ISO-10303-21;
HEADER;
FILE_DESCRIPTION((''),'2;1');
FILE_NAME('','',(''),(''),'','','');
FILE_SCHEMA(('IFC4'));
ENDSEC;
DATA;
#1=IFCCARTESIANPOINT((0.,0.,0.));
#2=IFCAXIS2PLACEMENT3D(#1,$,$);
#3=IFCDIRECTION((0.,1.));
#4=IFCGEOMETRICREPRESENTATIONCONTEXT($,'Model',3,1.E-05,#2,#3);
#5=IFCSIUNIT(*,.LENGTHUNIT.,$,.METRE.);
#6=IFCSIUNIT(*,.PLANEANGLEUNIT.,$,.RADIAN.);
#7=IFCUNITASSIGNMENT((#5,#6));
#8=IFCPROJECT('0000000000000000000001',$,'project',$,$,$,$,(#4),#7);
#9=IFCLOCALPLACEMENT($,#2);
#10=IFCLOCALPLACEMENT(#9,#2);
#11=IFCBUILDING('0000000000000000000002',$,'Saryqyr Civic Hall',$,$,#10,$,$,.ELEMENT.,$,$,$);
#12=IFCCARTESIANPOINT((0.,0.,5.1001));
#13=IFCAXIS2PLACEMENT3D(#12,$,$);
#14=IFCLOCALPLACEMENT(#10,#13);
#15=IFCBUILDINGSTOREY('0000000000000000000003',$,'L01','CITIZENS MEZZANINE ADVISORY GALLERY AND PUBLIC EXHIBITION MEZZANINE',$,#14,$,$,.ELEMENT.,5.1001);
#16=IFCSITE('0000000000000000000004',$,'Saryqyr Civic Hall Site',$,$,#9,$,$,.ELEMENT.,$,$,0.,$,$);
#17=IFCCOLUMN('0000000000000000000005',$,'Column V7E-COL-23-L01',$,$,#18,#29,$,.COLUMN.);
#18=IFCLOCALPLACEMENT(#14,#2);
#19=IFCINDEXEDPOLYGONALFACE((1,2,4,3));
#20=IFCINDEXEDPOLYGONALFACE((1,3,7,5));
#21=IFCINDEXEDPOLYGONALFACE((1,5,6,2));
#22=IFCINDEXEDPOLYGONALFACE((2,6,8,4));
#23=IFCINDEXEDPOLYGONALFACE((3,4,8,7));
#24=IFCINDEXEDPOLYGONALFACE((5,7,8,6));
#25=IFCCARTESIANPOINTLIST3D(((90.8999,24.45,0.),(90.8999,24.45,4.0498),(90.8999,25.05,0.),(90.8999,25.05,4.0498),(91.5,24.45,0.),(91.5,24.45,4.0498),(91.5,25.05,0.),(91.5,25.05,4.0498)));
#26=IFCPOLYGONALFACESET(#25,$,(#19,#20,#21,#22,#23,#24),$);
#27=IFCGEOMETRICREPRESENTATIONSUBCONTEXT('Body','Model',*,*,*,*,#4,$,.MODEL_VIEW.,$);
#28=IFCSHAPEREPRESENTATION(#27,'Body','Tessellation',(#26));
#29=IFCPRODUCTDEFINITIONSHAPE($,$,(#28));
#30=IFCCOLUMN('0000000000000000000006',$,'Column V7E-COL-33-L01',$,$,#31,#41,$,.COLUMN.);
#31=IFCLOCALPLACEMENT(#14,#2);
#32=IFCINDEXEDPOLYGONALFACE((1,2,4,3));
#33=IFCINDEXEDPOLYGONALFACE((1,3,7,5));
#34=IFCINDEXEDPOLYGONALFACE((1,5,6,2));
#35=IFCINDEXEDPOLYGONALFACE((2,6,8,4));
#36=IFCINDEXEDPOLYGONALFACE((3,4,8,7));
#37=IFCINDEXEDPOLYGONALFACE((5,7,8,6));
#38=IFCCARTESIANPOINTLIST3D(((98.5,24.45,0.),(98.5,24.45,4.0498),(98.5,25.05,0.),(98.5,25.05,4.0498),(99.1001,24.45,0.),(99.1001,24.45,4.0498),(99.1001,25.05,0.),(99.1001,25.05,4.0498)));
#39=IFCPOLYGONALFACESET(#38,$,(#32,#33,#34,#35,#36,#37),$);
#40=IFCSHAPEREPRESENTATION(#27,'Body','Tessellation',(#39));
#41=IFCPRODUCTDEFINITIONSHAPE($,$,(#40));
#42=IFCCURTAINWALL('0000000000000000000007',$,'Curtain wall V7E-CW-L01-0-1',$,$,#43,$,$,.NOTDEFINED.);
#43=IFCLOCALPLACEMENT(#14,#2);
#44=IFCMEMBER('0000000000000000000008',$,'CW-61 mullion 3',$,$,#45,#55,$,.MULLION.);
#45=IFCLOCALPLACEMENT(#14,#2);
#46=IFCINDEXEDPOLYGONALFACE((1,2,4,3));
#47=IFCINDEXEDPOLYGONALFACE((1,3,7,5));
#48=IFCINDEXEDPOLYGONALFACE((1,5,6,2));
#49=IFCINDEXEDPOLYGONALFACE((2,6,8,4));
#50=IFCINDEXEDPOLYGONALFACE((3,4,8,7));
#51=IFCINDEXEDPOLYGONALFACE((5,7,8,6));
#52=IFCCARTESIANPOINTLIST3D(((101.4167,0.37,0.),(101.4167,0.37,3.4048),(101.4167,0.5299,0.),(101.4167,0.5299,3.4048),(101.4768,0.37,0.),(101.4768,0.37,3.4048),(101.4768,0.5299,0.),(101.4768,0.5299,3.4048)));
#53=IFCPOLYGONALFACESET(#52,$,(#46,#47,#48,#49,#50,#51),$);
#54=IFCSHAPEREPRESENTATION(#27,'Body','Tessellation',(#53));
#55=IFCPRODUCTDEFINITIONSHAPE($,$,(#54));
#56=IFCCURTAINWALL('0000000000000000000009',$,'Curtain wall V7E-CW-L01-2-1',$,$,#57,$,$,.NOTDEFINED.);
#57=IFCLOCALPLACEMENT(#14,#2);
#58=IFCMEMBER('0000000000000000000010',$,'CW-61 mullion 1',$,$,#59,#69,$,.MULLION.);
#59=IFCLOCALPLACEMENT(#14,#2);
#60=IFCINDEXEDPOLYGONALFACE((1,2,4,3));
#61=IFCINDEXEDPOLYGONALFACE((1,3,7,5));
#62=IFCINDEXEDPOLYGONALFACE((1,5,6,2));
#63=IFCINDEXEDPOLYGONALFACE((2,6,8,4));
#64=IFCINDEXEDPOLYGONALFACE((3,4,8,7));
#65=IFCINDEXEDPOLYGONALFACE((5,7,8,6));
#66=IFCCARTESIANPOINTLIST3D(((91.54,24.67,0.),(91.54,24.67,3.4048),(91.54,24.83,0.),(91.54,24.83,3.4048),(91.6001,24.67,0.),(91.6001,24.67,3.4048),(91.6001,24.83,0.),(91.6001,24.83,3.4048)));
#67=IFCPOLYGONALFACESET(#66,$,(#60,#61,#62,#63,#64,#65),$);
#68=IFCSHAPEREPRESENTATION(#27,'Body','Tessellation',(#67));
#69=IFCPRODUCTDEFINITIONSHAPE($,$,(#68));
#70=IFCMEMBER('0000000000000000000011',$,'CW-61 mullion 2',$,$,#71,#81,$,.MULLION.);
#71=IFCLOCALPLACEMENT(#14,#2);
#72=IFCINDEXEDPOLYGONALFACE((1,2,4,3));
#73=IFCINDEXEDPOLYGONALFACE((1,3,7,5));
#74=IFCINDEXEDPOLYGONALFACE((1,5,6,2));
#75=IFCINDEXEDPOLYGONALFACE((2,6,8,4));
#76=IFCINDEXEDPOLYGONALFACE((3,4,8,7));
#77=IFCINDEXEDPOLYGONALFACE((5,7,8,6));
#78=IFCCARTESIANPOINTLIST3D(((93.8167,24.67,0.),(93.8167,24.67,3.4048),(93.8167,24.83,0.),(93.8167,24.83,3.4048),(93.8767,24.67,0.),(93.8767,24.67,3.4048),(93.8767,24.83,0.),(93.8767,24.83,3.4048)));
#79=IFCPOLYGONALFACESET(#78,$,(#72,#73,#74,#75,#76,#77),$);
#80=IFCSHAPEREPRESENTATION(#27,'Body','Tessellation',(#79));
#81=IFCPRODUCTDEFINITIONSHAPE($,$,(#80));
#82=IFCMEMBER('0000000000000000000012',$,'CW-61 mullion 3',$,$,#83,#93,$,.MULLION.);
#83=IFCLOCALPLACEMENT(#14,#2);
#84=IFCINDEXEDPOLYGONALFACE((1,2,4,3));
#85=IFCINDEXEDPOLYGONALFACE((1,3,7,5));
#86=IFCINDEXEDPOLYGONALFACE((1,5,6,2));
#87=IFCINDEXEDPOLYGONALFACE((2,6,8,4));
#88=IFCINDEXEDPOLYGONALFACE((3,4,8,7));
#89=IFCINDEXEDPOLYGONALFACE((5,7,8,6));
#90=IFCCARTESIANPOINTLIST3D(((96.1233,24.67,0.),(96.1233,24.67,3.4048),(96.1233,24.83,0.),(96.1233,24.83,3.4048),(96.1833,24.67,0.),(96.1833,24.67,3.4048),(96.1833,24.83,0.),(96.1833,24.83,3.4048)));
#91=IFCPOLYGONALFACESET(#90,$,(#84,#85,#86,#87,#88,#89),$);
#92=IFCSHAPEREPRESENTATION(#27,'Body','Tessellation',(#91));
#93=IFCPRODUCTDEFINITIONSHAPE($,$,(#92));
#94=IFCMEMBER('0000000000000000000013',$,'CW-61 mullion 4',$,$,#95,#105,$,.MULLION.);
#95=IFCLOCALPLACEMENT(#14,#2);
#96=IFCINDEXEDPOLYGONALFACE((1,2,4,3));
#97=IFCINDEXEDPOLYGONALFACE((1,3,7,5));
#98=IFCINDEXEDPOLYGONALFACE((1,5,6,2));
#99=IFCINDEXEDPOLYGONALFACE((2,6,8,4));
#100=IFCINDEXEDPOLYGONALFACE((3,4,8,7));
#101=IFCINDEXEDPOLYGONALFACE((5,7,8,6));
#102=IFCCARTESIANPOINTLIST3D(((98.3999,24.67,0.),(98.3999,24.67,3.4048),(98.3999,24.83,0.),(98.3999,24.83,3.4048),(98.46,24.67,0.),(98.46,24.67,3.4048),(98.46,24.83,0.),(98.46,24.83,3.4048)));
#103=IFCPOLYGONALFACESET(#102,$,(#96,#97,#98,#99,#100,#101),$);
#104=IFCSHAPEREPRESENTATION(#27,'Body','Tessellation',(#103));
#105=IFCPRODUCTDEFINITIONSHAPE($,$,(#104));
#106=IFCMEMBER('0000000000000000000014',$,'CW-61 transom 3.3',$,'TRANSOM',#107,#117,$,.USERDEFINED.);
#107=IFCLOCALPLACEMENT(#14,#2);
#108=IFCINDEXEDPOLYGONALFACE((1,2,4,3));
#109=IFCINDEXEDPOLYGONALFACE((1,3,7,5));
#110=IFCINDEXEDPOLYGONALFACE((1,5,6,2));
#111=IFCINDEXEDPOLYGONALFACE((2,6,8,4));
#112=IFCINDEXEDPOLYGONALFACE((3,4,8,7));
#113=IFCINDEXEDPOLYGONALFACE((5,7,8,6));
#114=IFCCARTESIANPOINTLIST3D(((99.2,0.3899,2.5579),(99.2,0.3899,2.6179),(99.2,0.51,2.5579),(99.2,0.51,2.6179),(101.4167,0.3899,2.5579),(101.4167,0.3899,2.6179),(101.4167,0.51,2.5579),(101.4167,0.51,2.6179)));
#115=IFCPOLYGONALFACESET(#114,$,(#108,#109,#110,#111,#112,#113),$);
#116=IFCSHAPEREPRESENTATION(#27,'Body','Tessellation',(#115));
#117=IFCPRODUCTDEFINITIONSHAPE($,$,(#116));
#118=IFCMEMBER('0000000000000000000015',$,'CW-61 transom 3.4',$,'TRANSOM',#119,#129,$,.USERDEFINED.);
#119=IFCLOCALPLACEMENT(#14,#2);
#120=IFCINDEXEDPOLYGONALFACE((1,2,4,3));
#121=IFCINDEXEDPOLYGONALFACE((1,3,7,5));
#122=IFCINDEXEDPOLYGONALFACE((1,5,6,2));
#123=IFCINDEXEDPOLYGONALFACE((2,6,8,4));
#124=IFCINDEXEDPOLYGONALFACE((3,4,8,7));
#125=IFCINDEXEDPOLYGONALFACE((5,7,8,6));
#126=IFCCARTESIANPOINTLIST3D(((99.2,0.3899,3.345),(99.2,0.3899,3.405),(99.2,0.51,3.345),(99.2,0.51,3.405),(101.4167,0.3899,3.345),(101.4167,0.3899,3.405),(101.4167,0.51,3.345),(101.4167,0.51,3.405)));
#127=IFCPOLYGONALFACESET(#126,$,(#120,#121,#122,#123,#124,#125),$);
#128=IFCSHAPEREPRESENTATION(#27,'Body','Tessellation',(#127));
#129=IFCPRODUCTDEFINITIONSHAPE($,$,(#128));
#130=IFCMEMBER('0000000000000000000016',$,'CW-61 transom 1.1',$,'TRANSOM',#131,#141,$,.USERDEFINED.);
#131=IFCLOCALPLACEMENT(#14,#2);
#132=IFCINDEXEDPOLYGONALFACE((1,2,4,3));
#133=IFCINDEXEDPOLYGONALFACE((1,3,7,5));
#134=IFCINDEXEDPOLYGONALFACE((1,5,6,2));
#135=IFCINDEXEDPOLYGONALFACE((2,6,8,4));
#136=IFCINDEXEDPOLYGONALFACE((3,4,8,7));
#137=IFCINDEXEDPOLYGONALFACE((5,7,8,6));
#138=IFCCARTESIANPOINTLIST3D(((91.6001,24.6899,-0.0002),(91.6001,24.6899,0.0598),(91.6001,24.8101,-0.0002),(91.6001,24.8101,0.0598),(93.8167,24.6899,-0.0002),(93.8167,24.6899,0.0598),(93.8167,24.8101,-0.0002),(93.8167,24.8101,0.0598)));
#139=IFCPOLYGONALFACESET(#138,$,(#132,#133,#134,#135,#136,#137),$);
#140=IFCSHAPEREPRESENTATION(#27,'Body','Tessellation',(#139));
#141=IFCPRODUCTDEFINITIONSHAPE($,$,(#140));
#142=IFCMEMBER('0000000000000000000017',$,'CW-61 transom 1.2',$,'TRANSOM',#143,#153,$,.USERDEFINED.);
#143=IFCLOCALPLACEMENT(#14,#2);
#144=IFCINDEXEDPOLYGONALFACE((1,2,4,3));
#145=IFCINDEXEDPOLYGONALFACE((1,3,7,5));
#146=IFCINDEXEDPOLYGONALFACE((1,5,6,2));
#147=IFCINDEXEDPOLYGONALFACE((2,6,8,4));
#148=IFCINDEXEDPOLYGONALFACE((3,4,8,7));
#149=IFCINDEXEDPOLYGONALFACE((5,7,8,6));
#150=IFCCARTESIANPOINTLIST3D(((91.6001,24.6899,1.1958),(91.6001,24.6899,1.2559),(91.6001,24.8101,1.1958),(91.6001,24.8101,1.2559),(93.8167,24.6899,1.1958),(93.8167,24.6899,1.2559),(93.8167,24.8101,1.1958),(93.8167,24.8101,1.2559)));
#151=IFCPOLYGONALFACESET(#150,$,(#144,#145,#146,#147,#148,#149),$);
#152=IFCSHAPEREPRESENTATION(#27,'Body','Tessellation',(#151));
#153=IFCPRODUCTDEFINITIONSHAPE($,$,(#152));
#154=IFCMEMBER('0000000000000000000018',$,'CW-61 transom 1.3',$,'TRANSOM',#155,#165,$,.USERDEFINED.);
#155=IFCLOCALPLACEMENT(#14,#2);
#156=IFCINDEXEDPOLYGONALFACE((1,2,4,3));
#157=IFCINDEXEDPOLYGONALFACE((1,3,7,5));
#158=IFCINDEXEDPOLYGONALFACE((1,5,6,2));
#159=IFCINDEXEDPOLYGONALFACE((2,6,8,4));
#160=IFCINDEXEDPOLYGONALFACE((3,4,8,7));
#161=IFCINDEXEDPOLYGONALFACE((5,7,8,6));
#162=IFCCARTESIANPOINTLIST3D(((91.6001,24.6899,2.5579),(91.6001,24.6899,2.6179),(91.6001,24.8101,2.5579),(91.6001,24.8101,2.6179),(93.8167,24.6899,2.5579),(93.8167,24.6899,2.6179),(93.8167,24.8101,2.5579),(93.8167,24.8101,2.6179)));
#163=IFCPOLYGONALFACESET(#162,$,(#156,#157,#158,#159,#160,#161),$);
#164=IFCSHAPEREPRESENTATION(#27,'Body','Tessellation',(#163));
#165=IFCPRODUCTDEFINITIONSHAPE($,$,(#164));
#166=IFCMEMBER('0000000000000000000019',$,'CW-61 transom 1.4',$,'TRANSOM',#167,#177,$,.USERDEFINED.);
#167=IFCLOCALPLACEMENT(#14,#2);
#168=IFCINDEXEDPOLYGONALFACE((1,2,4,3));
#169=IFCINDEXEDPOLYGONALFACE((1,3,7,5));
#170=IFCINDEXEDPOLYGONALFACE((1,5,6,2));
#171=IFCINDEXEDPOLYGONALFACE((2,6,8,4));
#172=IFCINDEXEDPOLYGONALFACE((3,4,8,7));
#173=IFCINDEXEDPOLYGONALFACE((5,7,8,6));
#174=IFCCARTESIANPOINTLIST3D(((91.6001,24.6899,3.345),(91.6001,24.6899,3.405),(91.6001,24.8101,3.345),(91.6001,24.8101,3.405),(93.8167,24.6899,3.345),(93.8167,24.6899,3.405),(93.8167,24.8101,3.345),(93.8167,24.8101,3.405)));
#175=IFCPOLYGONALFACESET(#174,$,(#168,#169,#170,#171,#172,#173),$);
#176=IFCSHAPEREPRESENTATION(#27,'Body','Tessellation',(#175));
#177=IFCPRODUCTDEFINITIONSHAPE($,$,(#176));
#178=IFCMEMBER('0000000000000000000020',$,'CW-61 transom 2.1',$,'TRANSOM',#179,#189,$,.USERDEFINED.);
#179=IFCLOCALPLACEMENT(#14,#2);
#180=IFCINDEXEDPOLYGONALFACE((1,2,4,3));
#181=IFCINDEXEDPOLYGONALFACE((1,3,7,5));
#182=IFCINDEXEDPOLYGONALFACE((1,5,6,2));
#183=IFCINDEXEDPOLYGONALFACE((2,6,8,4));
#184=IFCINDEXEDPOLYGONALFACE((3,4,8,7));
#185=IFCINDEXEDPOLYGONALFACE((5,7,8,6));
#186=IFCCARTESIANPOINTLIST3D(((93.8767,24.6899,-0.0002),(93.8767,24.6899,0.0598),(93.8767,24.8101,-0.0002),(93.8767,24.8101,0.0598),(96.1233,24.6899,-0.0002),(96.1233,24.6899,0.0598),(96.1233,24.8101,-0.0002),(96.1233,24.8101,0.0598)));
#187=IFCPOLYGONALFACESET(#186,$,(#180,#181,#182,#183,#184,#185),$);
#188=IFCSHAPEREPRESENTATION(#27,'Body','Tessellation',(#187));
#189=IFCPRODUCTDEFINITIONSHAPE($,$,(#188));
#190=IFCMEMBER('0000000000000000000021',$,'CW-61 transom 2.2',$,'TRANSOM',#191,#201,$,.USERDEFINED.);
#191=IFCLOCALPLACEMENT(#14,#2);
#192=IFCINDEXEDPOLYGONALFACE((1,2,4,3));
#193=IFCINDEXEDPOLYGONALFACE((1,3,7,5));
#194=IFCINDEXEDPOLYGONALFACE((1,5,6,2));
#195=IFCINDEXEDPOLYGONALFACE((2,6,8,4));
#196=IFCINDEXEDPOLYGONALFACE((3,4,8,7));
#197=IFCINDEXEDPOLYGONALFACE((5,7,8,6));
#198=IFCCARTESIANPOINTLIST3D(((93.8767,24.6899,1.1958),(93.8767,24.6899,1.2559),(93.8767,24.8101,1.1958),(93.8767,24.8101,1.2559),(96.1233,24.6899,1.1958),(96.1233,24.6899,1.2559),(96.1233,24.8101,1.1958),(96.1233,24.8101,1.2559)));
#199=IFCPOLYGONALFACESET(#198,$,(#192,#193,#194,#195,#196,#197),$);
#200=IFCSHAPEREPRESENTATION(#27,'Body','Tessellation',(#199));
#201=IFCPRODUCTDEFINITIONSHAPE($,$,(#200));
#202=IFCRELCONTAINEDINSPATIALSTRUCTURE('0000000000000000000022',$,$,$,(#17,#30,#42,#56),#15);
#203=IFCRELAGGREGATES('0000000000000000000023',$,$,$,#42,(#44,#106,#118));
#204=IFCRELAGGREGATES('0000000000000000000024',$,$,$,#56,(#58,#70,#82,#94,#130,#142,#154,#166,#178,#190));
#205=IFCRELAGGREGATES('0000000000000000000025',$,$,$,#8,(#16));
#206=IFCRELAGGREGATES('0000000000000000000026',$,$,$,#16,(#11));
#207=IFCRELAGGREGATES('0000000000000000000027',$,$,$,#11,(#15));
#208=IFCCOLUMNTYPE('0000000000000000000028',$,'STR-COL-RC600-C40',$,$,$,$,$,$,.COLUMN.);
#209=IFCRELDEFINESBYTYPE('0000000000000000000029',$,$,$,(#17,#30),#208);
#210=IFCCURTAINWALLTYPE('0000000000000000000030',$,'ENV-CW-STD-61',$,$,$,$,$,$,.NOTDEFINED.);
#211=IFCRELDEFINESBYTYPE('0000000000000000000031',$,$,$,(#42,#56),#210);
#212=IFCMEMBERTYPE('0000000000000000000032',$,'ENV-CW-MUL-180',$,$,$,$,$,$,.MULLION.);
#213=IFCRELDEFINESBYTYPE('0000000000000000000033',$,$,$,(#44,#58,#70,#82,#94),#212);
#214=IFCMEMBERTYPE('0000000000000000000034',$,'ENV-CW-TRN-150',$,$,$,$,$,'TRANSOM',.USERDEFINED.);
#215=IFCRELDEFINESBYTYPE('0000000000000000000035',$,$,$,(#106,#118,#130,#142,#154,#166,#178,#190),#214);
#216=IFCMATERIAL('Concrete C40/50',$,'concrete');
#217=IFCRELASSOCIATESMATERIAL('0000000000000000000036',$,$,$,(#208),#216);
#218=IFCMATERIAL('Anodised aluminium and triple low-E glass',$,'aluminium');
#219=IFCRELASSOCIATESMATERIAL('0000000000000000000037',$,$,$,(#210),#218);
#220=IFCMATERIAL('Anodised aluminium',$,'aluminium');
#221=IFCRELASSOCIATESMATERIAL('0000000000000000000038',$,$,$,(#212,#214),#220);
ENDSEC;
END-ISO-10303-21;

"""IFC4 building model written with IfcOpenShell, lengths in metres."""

from ifc_helpers import new_model, si_unit, direction, frame, origin, origin_2d, place, context, subcontext, project, spatial, rectangle, extrude, material, material_profile, profile_set, type_object, element, aggregate, save


model = new_model("IFC4")

# Units and contexts
model_context = context("Model", 3, precision=1e-05, world=origin(), true_north=direction((0.0, 1.0)))
body_context = subcontext(model_context, "Body", "Model", "MODEL_VIEW")
ifc_project = project(units=[si_unit("LENGTHUNIT", "METRE"), si_unit("PLANEANGLEUNIT", "RADIAN")], contexts=[model_context])

# Site, building, storey
site_placement = place(None, origin())
site = spatial("IfcSite", under=ifc_project, at=site_placement, Name="Saryqyr Civic Hall Site", CompositionType="ELEMENT", RefElevation=0.0)
building_placement = place(site_placement, origin())
building = spatial("IfcBuilding", under=site, at=building_placement, Name="Saryqyr Civic Hall", CompositionType="ELEMENT")
storey_placement = place(building_placement, frame((0.0, 0.0, 5.1001)))
storey = spatial("IfcBuildingStorey", under=building, at=storey_placement, Name="L01", Description="CITIZENS MEZZANINE ADVISORY GALLERY AND PUBLIC EXHIBITION MEZZANINE", CompositionType="ELEMENT", Elevation=5.1001)

# Columns
ifc_material_1 = material(Name="Concrete C40/50", Category="concrete")
ifc_material_profile_1 = material_profile(ifc_material_1, rectangle(XDim=0.6001, YDim=0.6001, at=origin_2d()), Name="RC 600x600")
ifc_profile_set_1 = profile_set([ifc_material_profile_1], Name="Concrete C40/50")
column_type = type_object("IfcColumnType", Name="STR-COL-RC600-C40", PredefinedType="COLUMN", material=ifc_profile_set_1)
for number, where, z_axis, x_axis, name in (
    (1, (91.2, 24.75, 0.0), (0.0, 0.0, 1.0), (1.0, 0.0, 0.0), "Column V7E-COL-23-L01"),
    (2, (98.8, 24.75, 0.0), (0.0, 0.0, 1.0), (1.0, 0.0, 0.0), "Column V7E-COL-33-L01"),
):
    element("IfcColumn", number, at=place(storey_placement, frame(where, z_axis=z_axis, x_axis=x_axis)), inside=storey, type_object=column_type, Name=name, PredefinedType="COLUMN", context=body_context, shape_type="SweptSolid", body=[
        extrude(rectangle(XDim=0.6001, YDim=0.6001, at=origin_2d()), origin(), (0.0, 0.0, 1.0), 4.0498),
    ])

# Curtain wall, member
ifc_material_2 = material(Name="Anodised aluminium and triple low-E glass", Category="aluminium")
curtain_wall_type = type_object("IfcCurtainWallType", Name="ENV-CW-STD-61", PredefinedType="NOTDEFINED", material=ifc_material_2)
curtain_wall_1_placement = place(storey_placement, origin())
curtain_wall_1 = element("IfcCurtainWall", 3, at=curtain_wall_1_placement, inside=storey, type_object=curtain_wall_type, Name="Curtain wall V7E-CW-L01-0-1", PredefinedType="NOTDEFINED")
ifc_material_3 = material(Name="Anodised aluminium", Category="aluminium")
ifc_material_profile_2 = material_profile(ifc_material_3, rectangle(XDim=0.0601, YDim=0.1599, at=origin_2d()), Name="ALU MULLION 60x160")
ifc_profile_set_2 = profile_set([ifc_material_profile_2], Name="Anodised aluminium")
member_type_1 = type_object("IfcMemberType", Name="ENV-CW-MUL-180", PredefinedType="MULLION", material=ifc_profile_set_2)
member_1_placement = place(storey_placement, frame((101.4468, 0.45, 0.0), z_axis=(0.0, 0.0, 1.0), x_axis=(-1.0, 0.0, 0.0)))
member_1 = element("IfcMember", 4, at=member_1_placement, type_object=member_type_1, Name="CW-61 mullion 3", PredefinedType="MULLION", context=body_context, shape_type="SweptSolid", body=[
    extrude(rectangle(XDim=0.0601, YDim=0.1599, at=origin_2d()), origin(), (0.0, 0.0, 1.0), 3.4048),
])

# Curtain wall, members
curtain_wall_2_placement = place(storey_placement, origin())
curtain_wall_2 = element("IfcCurtainWall", 5, at=curtain_wall_2_placement, inside=storey, type_object=curtain_wall_type, Name="Curtain wall V7E-CW-L01-2-1", PredefinedType="NOTDEFINED")
member_2_placement = place(storey_placement, frame((91.5701, 24.75, 0.0), z_axis=(0.0, 0.0, 1.0), x_axis=(1.0, 0.0, 0.0)))
member_2 = element("IfcMember", 6, at=member_2_placement, type_object=member_type_1, Name="CW-61 mullion 1", PredefinedType="MULLION", context=body_context, shape_type="SweptSolid", body=[
    extrude(rectangle(XDim=0.0601, YDim=0.1599, at=origin_2d()), origin(), (0.0, 0.0, 1.0), 3.4048),
])
member_3_placement = place(storey_placement, frame((93.8467, 24.75, 0.0), z_axis=(0.0, 0.0, 1.0), x_axis=(1.0, 0.0, 0.0)))
member_3 = element("IfcMember", 7, at=member_3_placement, type_object=member_type_1, Name="CW-61 mullion 2", PredefinedType="MULLION", context=body_context, shape_type="SweptSolid", body=[
    extrude(rectangle(XDim=0.0601, YDim=0.1599, at=origin_2d()), origin(), (0.0, 0.0, 1.0), 3.4048),
])
member_4_placement = place(storey_placement, frame((96.1533, 24.75, 0.0), z_axis=(0.0, 0.0, 1.0), x_axis=(1.0, 0.0, 0.0)))
member_4 = element("IfcMember", 8, at=member_4_placement, type_object=member_type_1, Name="CW-61 mullion 3", PredefinedType="MULLION", context=body_context, shape_type="SweptSolid", body=[
    extrude(rectangle(XDim=0.0601, YDim=0.1599, at=origin_2d()), origin(), (0.0, 0.0, 1.0), 3.4048),
])
member_5_placement = place(storey_placement, frame((98.4299, 24.75, 0.0), z_axis=(0.0, 0.0, 1.0), x_axis=(1.0, 0.0, 0.0)))
member_5 = element("IfcMember", 9, at=member_5_placement, type_object=member_type_1, Name="CW-61 mullion 4", PredefinedType="MULLION", context=body_context, shape_type="SweptSolid", body=[
    extrude(rectangle(XDim=0.0601, YDim=0.1599, at=origin_2d()), origin(), (0.0, 0.0, 1.0), 3.4048),
])

# Members
ifc_material_profile_3 = material_profile(ifc_material_3, rectangle(XDim=0.1201, YDim=0.0601, at=origin_2d()), Name="ALU TRANSOM 120x60")
ifc_profile_set_3 = profile_set([ifc_material_profile_3], Name="Anodised aluminium")
member_type_2 = type_object("IfcMemberType", Name="ENV-CW-TRN-150", ElementType="TRANSOM", PredefinedType="USERDEFINED", material=ifc_profile_set_3)
member_6_placement = place(storey_placement, frame((101.4167, 0.45, 2.5879), z_axis=(-1.0, 0.0, 0.0), x_axis=(0.0, -1.0, 0.0)))
member_6 = element("IfcMember", 10, at=member_6_placement, type_object=member_type_2, Name="CW-61 transom 3.3", ObjectType="TRANSOM", PredefinedType="USERDEFINED", context=body_context, shape_type="SweptSolid", body=[
    extrude(rectangle(XDim=0.1201, YDim=0.0601, at=origin_2d()), origin(), (0.0, 0.0, 1.0), 2.2168),
])
member_7_placement = place(storey_placement, frame((101.4167, 0.45, 3.375), z_axis=(-1.0, 0.0, 0.0), x_axis=(0.0, -1.0, 0.0)))
member_7 = element("IfcMember", 11, at=member_7_placement, type_object=member_type_2, Name="CW-61 transom 3.4", ObjectType="TRANSOM", PredefinedType="USERDEFINED", context=body_context, shape_type="SweptSolid", body=[
    extrude(rectangle(XDim=0.1201, YDim=0.0601, at=origin_2d()), origin(), (0.0, 0.0, 1.0), 2.2168),
])
member_8_placement = place(storey_placement, frame((91.6001, 24.75, 0.0298), z_axis=(1.0, 0.0, 0.0), x_axis=(0.0, 1.0, 0.0)))
member_8 = element("IfcMember", 12, at=member_8_placement, type_object=member_type_2, Name="CW-61 transom 1.1", ObjectType="TRANSOM", PredefinedType="USERDEFINED", context=body_context, shape_type="SweptSolid", body=[
    extrude(rectangle(XDim=0.1201, YDim=0.0601, at=origin_2d()), origin(), (0.0, 0.0, 1.0), 2.2166),
])
member_9_placement = place(storey_placement, frame((91.6001, 24.75, 1.2258), z_axis=(1.0, 0.0, 0.0), x_axis=(0.0, 1.0, 0.0)))
member_9 = element("IfcMember", 13, at=member_9_placement, type_object=member_type_2, Name="CW-61 transom 1.2", ObjectType="TRANSOM", PredefinedType="USERDEFINED", context=body_context, shape_type="SweptSolid", body=[
    extrude(rectangle(XDim=0.1201, YDim=0.0601, at=origin_2d()), origin(), (0.0, 0.0, 1.0), 2.2166),
])
member_10_placement = place(storey_placement, frame((91.6001, 24.75, 2.5879), z_axis=(1.0, 0.0, 0.0), x_axis=(0.0, 1.0, 0.0)))
member_10 = element("IfcMember", 14, at=member_10_placement, type_object=member_type_2, Name="CW-61 transom 1.3", ObjectType="TRANSOM", PredefinedType="USERDEFINED", context=body_context, shape_type="SweptSolid", body=[
    extrude(rectangle(XDim=0.1201, YDim=0.0601, at=origin_2d()), origin(), (0.0, 0.0, 1.0), 2.2166),
])
member_11_placement = place(storey_placement, frame((91.6001, 24.75, 3.375), z_axis=(1.0, 0.0, 0.0), x_axis=(0.0, 1.0, 0.0)))
member_11 = element("IfcMember", 15, at=member_11_placement, type_object=member_type_2, Name="CW-61 transom 1.4", ObjectType="TRANSOM", PredefinedType="USERDEFINED", context=body_context, shape_type="SweptSolid", body=[
    extrude(rectangle(XDim=0.1201, YDim=0.0601, at=origin_2d()), origin(), (0.0, 0.0, 1.0), 2.2166),
])
member_12_placement = place(storey_placement, frame((93.8767, 24.75, 0.0298), z_axis=(1.0, 0.0, 0.0), x_axis=(0.0, 1.0, 0.0)))
member_12 = element("IfcMember", 16, at=member_12_placement, type_object=member_type_2, Name="CW-61 transom 2.1", ObjectType="TRANSOM", PredefinedType="USERDEFINED", context=body_context, shape_type="SweptSolid", body=[
    extrude(rectangle(XDim=0.1201, YDim=0.0601, at=origin_2d()), origin(), (0.0, 0.0, 1.0), 2.2466),
])
member_13_placement = place(storey_placement, frame((93.8767, 24.75, 1.2258), z_axis=(1.0, 0.0, 0.0), x_axis=(0.0, 1.0, 0.0)))
member_13 = element("IfcMember", 17, at=member_13_placement, type_object=member_type_2, Name="CW-61 transom 2.2", ObjectType="TRANSOM", PredefinedType="USERDEFINED", context=body_context, shape_type="SweptSolid", body=[
    extrude(rectangle(XDim=0.1201, YDim=0.0601, at=origin_2d()), origin(), (0.0, 0.0, 1.0), 2.2466),
])

aggregate(curtain_wall_1, [member_1, member_6, member_7])
aggregate(curtain_wall_2, [member_2, member_3, member_4, member_5, member_8, member_9, member_10, member_11, member_12, member_13])

save(model, "model.ifc")
